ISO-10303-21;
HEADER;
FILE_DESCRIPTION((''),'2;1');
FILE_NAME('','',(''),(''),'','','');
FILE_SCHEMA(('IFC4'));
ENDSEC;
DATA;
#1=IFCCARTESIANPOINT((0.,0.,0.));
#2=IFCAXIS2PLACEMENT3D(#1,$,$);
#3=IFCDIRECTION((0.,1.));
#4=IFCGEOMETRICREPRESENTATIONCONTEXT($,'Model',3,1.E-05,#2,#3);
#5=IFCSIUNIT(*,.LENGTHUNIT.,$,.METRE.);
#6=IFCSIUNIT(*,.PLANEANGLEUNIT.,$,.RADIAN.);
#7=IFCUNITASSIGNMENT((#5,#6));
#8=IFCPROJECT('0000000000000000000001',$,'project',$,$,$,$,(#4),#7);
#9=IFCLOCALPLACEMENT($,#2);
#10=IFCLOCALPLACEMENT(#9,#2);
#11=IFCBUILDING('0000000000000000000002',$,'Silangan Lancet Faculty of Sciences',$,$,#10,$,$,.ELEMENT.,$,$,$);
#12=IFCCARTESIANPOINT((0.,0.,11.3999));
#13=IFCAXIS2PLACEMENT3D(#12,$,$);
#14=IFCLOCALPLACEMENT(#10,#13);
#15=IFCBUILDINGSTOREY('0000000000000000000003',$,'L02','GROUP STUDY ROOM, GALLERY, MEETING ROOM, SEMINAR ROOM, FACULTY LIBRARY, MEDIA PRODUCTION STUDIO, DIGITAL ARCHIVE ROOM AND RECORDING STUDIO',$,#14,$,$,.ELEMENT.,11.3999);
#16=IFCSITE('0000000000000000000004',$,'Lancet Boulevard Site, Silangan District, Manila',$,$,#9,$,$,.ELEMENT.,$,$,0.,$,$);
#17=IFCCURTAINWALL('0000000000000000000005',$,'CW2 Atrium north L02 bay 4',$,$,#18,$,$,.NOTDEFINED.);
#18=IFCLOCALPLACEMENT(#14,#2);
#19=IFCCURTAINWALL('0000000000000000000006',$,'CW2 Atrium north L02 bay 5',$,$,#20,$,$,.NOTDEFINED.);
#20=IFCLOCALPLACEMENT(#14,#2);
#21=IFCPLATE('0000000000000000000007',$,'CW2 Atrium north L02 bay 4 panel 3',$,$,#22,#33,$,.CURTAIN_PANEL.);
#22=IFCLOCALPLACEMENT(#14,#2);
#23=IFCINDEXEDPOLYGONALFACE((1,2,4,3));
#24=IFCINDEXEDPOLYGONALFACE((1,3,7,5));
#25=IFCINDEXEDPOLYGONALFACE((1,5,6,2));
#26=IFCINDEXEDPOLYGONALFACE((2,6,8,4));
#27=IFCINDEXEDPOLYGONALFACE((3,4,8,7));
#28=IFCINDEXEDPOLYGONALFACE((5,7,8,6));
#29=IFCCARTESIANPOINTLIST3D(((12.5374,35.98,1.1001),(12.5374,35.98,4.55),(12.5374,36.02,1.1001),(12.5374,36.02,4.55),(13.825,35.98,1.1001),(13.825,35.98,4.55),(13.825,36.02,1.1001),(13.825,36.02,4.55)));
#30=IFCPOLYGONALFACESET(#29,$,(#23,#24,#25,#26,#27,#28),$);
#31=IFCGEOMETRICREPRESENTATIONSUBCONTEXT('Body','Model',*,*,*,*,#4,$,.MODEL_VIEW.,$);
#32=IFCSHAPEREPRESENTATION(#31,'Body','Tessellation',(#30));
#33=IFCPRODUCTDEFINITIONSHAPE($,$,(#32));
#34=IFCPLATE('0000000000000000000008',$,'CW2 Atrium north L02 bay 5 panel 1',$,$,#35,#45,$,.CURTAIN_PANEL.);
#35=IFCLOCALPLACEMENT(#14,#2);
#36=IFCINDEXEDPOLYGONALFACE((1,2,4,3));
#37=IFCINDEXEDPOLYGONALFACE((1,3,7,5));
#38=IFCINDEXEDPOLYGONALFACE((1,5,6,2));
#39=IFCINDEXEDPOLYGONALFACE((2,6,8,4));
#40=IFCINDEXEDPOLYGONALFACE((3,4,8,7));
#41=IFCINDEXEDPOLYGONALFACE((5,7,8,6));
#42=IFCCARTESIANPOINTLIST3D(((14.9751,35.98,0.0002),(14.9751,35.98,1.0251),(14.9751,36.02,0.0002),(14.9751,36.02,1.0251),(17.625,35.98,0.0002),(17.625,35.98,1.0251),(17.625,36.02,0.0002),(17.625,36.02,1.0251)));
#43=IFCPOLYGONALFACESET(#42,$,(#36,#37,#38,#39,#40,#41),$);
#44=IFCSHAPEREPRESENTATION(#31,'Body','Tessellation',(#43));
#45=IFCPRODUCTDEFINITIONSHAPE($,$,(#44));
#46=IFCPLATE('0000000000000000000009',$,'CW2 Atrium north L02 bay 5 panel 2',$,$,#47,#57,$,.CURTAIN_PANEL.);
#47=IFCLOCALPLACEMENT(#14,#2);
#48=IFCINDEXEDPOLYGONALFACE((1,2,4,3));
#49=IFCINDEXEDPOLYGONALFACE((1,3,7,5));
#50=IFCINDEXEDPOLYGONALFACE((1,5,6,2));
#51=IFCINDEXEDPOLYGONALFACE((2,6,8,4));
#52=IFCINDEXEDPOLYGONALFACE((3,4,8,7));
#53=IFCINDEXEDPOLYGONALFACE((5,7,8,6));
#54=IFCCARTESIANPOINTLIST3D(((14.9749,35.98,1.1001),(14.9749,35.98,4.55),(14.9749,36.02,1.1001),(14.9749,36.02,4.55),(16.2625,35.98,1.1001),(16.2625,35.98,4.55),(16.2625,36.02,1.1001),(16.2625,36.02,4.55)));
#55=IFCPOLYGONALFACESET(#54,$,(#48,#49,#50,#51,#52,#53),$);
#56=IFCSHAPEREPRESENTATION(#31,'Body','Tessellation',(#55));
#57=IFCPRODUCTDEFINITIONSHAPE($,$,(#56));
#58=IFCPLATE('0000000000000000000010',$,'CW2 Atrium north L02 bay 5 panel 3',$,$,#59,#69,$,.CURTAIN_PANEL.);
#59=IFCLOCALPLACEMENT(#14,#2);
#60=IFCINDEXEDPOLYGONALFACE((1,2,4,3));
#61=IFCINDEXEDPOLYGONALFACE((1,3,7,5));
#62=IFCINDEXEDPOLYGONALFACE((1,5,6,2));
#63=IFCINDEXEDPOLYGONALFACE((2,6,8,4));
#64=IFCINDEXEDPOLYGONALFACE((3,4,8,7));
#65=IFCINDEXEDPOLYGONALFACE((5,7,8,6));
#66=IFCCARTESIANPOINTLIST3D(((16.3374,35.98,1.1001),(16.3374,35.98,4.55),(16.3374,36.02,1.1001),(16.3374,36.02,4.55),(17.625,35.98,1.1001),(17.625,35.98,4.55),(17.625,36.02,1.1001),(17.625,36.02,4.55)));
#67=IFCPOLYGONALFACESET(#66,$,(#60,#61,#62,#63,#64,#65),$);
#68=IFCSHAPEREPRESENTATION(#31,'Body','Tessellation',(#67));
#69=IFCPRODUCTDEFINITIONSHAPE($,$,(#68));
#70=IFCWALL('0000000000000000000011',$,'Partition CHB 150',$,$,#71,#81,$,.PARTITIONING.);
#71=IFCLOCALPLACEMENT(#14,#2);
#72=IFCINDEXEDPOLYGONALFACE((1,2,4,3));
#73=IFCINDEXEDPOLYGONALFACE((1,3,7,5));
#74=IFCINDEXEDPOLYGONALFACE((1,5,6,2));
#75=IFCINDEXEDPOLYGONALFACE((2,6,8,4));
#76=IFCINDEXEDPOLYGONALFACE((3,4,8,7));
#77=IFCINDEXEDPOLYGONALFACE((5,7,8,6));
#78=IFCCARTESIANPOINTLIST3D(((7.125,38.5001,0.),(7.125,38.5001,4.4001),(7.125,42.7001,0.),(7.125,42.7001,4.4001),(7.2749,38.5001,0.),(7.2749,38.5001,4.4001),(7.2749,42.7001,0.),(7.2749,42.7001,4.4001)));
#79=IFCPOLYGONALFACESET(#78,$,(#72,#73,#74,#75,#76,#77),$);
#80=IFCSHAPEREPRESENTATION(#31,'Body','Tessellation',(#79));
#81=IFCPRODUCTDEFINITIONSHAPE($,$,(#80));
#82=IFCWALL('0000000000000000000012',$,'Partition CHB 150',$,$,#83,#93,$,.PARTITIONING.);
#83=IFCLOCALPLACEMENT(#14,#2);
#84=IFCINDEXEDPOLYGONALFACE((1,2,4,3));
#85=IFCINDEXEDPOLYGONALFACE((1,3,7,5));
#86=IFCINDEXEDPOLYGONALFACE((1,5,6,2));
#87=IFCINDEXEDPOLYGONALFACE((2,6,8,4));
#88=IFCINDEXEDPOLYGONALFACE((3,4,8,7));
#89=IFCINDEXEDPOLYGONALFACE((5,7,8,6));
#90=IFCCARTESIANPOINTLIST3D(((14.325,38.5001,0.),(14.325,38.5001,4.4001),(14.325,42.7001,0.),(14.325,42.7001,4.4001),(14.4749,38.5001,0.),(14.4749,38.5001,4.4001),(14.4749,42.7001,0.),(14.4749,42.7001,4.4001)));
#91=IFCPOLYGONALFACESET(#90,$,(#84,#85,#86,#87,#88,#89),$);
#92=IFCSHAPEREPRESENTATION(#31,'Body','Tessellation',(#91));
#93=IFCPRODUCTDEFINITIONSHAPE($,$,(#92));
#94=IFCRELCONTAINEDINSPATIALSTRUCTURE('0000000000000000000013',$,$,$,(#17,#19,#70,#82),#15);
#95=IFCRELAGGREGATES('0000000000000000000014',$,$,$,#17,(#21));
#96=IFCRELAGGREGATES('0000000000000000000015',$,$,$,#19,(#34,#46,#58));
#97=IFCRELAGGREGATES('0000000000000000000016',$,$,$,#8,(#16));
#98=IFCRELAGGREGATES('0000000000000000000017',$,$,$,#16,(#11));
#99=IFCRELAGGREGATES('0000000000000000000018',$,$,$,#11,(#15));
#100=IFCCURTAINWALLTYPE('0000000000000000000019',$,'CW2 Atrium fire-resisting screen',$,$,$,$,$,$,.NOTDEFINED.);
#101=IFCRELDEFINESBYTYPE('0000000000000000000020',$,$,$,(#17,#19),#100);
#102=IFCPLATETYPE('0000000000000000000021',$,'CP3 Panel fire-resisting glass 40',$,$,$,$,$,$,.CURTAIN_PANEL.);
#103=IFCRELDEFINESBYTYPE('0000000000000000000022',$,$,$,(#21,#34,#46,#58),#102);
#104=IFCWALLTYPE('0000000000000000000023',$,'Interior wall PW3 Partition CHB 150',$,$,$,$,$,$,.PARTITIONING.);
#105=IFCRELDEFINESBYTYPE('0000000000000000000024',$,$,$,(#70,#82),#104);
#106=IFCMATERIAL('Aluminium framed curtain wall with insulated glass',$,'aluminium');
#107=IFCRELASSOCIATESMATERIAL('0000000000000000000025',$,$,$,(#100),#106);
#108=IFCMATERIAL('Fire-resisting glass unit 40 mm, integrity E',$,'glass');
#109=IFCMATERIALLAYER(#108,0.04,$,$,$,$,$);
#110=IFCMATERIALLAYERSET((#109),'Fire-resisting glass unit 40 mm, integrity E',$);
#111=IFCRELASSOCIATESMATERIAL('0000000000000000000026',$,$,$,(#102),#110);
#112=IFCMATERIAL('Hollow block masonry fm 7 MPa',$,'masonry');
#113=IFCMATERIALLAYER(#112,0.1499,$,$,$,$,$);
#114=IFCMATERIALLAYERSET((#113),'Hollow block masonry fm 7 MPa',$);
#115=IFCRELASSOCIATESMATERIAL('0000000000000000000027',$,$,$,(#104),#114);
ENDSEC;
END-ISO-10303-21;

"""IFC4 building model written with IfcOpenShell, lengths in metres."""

from ifc_helpers import new_model, si_unit, direction, frame, frame_2d, origin, origin_2d, place, context, subcontext, project, spatial, rectangle, extrude, material, layer, layer_set, type_object, element, aggregate, save


model = new_model("IFC4")

# Units and contexts
model_context = context("Model", 3, precision=1e-05, world=origin(), true_north=direction((0.0, 1.0)))
body_context = subcontext(model_context, "Body", "Model", "MODEL_VIEW")
ifc_project = project(units=[si_unit("LENGTHUNIT", "METRE"), si_unit("PLANEANGLEUNIT", "RADIAN")], contexts=[model_context])

# Site, building, storey
site_placement = place(None, origin())
site = spatial("IfcSite", under=ifc_project, at=site_placement, Name="Lancet Boulevard Site, Silangan District, Manila", CompositionType="ELEMENT", RefElevation=0.0)
building_placement = place(site_placement, origin())
building = spatial("IfcBuilding", under=site, at=building_placement, Name="Silangan Lancet Faculty of Sciences", CompositionType="ELEMENT")
storey_placement = place(building_placement, frame((0.0, 0.0, 11.3999)))
storey = spatial("IfcBuildingStorey", under=building, at=storey_placement, Name="L02", Description="GROUP STUDY ROOM, GALLERY, MEETING ROOM, SEMINAR ROOM, FACULTY LIBRARY, MEDIA PRODUCTION STUDIO, DIGITAL ARCHIVE ROOM AND RECORDING STUDIO", CompositionType="ELEMENT", Elevation=11.3999)

# Curtain walls
ifc_material_1 = material(Name="Aluminium framed curtain wall with insulated glass", Category="aluminium")
curtain_wall_type = type_object("IfcCurtainWallType", Name="CW2 Atrium fire-resisting screen", PredefinedType="NOTDEFINED", material=ifc_material_1)
curtain_wall_1_placement = place(storey_placement, origin())
curtain_wall_1 = element("IfcCurtainWall", 1, at=curtain_wall_1_placement, inside=storey, type_object=curtain_wall_type, Name="CW2 Atrium north L02 bay 4", PredefinedType="NOTDEFINED")
curtain_wall_2_placement = place(storey_placement, origin())
curtain_wall_2 = element("IfcCurtainWall", 2, at=curtain_wall_2_placement, inside=storey, type_object=curtain_wall_type, Name="CW2 Atrium north L02 bay 5", PredefinedType="NOTDEFINED")

# Plates
ifc_material_2 = material(Name="Fire-resisting glass unit 40 mm, integrity E", Category="glass")
ifc_layer_1 = layer(ifc_material_2, 0.04)
ifc_layer_set_1 = layer_set([ifc_layer_1], Name="Fire-resisting glass unit 40 mm, integrity E")
plate_type = type_object("IfcPlateType", Name="CP3 Panel fire-resisting glass 40", PredefinedType="CURTAIN_PANEL", material=ifc_layer_set_1)
plate_1_placement = place(storey_placement, frame((13.1812, 36.0, 1.1001), z_axis=(0.0, 0.0, 1.0), x_axis=(1.0, 0.0, 0.0)))
plate_1 = element("IfcPlate", 3, at=plate_1_placement, type_object=plate_type, Name="CW2 Atrium north L02 bay 4 panel 3", PredefinedType="CURTAIN_PANEL", context=body_context, shape_type="SweptSolid", body=[
    extrude(rectangle(XDim=1.2876, YDim=0.04, at=origin_2d()), origin(), (0.0, 0.0, 1.0), 3.45),
])
aggregate(curtain_wall_1, [plate_1])
plate_2_placement = place(storey_placement, frame((16.3, 36.0, 0.0002), z_axis=(0.0, 0.0, 1.0), x_axis=(1.0, 0.0, 0.0)))
plate_2 = element("IfcPlate", 4, at=plate_2_placement, type_object=plate_type, Name="CW2 Atrium north L02 bay 5 panel 1", PredefinedType="CURTAIN_PANEL", context=body_context, shape_type="SweptSolid", body=[
    extrude(rectangle(XDim=2.6499, YDim=0.04, at=origin_2d()), origin(), (0.0, 0.0, 1.0), 1.0249),
])
plate_3_placement = place(storey_placement, frame((15.6187, 36.0, 1.1001), z_axis=(0.0, 0.0, 1.0), x_axis=(1.0, 0.0, 0.0)))
plate_3 = element("IfcPlate", 5, at=plate_3_placement, type_object=plate_type, Name="CW2 Atrium north L02 bay 5 panel 2", PredefinedType="CURTAIN_PANEL", context=body_context, shape_type="SweptSolid", body=[
    extrude(rectangle(XDim=1.2876, YDim=0.04, at=origin_2d()), origin(), (0.0, 0.0, 1.0), 3.45),
])
plate_4_placement = place(storey_placement, frame((16.9812, 36.0, 1.1001), z_axis=(0.0, 0.0, 1.0), x_axis=(1.0, 0.0, 0.0)))
plate_4 = element("IfcPlate", 6, at=plate_4_placement, type_object=plate_type, Name="CW2 Atrium north L02 bay 5 panel 3", PredefinedType="CURTAIN_PANEL", context=body_context, shape_type="SweptSolid", body=[
    extrude(rectangle(XDim=1.2876, YDim=0.04, at=origin_2d()), origin(), (0.0, 0.0, 1.0), 3.45),
])
aggregate(curtain_wall_2, [plate_2, plate_3, plate_4])

# Walls
ifc_material_3 = material(Name="Hollow block masonry fm 7 MPa", Category="masonry")
ifc_layer_2 = layer(ifc_material_3, 0.1499)
ifc_layer_set_2 = layer_set([ifc_layer_2], Name="Hollow block masonry fm 7 MPa")
wall_type = type_object("IfcWallType", Name="Interior wall PW3 Partition CHB 150", PredefinedType="PARTITIONING", material=ifc_layer_set_2)
for number, where, z_axis, x_axis, name in (
    (7, (7.2, 38.5, 0.0), (0.0, 0.0, 1.0), (0.0, 1.0, 0.0), "Partition CHB 150"),
    (8, (14.3999, 38.5, 0.0), (0.0, 0.0, 1.0), (0.0, 1.0, 0.0), "Partition CHB 150"),
):
    element("IfcWall", number, at=place(storey_placement, frame(where, z_axis=z_axis, x_axis=x_axis)), inside=storey, type_object=wall_type, Name=name, PredefinedType="PARTITIONING", context=body_context, shape_type="SweptSolid", body=[
        extrude(rectangle(XDim=4.2, YDim=0.1499, at=frame_2d((2.1001, 0.0))), origin(), (0.0, 0.0, 1.0), 4.4001),
    ])

save(model, "model.ifc")
